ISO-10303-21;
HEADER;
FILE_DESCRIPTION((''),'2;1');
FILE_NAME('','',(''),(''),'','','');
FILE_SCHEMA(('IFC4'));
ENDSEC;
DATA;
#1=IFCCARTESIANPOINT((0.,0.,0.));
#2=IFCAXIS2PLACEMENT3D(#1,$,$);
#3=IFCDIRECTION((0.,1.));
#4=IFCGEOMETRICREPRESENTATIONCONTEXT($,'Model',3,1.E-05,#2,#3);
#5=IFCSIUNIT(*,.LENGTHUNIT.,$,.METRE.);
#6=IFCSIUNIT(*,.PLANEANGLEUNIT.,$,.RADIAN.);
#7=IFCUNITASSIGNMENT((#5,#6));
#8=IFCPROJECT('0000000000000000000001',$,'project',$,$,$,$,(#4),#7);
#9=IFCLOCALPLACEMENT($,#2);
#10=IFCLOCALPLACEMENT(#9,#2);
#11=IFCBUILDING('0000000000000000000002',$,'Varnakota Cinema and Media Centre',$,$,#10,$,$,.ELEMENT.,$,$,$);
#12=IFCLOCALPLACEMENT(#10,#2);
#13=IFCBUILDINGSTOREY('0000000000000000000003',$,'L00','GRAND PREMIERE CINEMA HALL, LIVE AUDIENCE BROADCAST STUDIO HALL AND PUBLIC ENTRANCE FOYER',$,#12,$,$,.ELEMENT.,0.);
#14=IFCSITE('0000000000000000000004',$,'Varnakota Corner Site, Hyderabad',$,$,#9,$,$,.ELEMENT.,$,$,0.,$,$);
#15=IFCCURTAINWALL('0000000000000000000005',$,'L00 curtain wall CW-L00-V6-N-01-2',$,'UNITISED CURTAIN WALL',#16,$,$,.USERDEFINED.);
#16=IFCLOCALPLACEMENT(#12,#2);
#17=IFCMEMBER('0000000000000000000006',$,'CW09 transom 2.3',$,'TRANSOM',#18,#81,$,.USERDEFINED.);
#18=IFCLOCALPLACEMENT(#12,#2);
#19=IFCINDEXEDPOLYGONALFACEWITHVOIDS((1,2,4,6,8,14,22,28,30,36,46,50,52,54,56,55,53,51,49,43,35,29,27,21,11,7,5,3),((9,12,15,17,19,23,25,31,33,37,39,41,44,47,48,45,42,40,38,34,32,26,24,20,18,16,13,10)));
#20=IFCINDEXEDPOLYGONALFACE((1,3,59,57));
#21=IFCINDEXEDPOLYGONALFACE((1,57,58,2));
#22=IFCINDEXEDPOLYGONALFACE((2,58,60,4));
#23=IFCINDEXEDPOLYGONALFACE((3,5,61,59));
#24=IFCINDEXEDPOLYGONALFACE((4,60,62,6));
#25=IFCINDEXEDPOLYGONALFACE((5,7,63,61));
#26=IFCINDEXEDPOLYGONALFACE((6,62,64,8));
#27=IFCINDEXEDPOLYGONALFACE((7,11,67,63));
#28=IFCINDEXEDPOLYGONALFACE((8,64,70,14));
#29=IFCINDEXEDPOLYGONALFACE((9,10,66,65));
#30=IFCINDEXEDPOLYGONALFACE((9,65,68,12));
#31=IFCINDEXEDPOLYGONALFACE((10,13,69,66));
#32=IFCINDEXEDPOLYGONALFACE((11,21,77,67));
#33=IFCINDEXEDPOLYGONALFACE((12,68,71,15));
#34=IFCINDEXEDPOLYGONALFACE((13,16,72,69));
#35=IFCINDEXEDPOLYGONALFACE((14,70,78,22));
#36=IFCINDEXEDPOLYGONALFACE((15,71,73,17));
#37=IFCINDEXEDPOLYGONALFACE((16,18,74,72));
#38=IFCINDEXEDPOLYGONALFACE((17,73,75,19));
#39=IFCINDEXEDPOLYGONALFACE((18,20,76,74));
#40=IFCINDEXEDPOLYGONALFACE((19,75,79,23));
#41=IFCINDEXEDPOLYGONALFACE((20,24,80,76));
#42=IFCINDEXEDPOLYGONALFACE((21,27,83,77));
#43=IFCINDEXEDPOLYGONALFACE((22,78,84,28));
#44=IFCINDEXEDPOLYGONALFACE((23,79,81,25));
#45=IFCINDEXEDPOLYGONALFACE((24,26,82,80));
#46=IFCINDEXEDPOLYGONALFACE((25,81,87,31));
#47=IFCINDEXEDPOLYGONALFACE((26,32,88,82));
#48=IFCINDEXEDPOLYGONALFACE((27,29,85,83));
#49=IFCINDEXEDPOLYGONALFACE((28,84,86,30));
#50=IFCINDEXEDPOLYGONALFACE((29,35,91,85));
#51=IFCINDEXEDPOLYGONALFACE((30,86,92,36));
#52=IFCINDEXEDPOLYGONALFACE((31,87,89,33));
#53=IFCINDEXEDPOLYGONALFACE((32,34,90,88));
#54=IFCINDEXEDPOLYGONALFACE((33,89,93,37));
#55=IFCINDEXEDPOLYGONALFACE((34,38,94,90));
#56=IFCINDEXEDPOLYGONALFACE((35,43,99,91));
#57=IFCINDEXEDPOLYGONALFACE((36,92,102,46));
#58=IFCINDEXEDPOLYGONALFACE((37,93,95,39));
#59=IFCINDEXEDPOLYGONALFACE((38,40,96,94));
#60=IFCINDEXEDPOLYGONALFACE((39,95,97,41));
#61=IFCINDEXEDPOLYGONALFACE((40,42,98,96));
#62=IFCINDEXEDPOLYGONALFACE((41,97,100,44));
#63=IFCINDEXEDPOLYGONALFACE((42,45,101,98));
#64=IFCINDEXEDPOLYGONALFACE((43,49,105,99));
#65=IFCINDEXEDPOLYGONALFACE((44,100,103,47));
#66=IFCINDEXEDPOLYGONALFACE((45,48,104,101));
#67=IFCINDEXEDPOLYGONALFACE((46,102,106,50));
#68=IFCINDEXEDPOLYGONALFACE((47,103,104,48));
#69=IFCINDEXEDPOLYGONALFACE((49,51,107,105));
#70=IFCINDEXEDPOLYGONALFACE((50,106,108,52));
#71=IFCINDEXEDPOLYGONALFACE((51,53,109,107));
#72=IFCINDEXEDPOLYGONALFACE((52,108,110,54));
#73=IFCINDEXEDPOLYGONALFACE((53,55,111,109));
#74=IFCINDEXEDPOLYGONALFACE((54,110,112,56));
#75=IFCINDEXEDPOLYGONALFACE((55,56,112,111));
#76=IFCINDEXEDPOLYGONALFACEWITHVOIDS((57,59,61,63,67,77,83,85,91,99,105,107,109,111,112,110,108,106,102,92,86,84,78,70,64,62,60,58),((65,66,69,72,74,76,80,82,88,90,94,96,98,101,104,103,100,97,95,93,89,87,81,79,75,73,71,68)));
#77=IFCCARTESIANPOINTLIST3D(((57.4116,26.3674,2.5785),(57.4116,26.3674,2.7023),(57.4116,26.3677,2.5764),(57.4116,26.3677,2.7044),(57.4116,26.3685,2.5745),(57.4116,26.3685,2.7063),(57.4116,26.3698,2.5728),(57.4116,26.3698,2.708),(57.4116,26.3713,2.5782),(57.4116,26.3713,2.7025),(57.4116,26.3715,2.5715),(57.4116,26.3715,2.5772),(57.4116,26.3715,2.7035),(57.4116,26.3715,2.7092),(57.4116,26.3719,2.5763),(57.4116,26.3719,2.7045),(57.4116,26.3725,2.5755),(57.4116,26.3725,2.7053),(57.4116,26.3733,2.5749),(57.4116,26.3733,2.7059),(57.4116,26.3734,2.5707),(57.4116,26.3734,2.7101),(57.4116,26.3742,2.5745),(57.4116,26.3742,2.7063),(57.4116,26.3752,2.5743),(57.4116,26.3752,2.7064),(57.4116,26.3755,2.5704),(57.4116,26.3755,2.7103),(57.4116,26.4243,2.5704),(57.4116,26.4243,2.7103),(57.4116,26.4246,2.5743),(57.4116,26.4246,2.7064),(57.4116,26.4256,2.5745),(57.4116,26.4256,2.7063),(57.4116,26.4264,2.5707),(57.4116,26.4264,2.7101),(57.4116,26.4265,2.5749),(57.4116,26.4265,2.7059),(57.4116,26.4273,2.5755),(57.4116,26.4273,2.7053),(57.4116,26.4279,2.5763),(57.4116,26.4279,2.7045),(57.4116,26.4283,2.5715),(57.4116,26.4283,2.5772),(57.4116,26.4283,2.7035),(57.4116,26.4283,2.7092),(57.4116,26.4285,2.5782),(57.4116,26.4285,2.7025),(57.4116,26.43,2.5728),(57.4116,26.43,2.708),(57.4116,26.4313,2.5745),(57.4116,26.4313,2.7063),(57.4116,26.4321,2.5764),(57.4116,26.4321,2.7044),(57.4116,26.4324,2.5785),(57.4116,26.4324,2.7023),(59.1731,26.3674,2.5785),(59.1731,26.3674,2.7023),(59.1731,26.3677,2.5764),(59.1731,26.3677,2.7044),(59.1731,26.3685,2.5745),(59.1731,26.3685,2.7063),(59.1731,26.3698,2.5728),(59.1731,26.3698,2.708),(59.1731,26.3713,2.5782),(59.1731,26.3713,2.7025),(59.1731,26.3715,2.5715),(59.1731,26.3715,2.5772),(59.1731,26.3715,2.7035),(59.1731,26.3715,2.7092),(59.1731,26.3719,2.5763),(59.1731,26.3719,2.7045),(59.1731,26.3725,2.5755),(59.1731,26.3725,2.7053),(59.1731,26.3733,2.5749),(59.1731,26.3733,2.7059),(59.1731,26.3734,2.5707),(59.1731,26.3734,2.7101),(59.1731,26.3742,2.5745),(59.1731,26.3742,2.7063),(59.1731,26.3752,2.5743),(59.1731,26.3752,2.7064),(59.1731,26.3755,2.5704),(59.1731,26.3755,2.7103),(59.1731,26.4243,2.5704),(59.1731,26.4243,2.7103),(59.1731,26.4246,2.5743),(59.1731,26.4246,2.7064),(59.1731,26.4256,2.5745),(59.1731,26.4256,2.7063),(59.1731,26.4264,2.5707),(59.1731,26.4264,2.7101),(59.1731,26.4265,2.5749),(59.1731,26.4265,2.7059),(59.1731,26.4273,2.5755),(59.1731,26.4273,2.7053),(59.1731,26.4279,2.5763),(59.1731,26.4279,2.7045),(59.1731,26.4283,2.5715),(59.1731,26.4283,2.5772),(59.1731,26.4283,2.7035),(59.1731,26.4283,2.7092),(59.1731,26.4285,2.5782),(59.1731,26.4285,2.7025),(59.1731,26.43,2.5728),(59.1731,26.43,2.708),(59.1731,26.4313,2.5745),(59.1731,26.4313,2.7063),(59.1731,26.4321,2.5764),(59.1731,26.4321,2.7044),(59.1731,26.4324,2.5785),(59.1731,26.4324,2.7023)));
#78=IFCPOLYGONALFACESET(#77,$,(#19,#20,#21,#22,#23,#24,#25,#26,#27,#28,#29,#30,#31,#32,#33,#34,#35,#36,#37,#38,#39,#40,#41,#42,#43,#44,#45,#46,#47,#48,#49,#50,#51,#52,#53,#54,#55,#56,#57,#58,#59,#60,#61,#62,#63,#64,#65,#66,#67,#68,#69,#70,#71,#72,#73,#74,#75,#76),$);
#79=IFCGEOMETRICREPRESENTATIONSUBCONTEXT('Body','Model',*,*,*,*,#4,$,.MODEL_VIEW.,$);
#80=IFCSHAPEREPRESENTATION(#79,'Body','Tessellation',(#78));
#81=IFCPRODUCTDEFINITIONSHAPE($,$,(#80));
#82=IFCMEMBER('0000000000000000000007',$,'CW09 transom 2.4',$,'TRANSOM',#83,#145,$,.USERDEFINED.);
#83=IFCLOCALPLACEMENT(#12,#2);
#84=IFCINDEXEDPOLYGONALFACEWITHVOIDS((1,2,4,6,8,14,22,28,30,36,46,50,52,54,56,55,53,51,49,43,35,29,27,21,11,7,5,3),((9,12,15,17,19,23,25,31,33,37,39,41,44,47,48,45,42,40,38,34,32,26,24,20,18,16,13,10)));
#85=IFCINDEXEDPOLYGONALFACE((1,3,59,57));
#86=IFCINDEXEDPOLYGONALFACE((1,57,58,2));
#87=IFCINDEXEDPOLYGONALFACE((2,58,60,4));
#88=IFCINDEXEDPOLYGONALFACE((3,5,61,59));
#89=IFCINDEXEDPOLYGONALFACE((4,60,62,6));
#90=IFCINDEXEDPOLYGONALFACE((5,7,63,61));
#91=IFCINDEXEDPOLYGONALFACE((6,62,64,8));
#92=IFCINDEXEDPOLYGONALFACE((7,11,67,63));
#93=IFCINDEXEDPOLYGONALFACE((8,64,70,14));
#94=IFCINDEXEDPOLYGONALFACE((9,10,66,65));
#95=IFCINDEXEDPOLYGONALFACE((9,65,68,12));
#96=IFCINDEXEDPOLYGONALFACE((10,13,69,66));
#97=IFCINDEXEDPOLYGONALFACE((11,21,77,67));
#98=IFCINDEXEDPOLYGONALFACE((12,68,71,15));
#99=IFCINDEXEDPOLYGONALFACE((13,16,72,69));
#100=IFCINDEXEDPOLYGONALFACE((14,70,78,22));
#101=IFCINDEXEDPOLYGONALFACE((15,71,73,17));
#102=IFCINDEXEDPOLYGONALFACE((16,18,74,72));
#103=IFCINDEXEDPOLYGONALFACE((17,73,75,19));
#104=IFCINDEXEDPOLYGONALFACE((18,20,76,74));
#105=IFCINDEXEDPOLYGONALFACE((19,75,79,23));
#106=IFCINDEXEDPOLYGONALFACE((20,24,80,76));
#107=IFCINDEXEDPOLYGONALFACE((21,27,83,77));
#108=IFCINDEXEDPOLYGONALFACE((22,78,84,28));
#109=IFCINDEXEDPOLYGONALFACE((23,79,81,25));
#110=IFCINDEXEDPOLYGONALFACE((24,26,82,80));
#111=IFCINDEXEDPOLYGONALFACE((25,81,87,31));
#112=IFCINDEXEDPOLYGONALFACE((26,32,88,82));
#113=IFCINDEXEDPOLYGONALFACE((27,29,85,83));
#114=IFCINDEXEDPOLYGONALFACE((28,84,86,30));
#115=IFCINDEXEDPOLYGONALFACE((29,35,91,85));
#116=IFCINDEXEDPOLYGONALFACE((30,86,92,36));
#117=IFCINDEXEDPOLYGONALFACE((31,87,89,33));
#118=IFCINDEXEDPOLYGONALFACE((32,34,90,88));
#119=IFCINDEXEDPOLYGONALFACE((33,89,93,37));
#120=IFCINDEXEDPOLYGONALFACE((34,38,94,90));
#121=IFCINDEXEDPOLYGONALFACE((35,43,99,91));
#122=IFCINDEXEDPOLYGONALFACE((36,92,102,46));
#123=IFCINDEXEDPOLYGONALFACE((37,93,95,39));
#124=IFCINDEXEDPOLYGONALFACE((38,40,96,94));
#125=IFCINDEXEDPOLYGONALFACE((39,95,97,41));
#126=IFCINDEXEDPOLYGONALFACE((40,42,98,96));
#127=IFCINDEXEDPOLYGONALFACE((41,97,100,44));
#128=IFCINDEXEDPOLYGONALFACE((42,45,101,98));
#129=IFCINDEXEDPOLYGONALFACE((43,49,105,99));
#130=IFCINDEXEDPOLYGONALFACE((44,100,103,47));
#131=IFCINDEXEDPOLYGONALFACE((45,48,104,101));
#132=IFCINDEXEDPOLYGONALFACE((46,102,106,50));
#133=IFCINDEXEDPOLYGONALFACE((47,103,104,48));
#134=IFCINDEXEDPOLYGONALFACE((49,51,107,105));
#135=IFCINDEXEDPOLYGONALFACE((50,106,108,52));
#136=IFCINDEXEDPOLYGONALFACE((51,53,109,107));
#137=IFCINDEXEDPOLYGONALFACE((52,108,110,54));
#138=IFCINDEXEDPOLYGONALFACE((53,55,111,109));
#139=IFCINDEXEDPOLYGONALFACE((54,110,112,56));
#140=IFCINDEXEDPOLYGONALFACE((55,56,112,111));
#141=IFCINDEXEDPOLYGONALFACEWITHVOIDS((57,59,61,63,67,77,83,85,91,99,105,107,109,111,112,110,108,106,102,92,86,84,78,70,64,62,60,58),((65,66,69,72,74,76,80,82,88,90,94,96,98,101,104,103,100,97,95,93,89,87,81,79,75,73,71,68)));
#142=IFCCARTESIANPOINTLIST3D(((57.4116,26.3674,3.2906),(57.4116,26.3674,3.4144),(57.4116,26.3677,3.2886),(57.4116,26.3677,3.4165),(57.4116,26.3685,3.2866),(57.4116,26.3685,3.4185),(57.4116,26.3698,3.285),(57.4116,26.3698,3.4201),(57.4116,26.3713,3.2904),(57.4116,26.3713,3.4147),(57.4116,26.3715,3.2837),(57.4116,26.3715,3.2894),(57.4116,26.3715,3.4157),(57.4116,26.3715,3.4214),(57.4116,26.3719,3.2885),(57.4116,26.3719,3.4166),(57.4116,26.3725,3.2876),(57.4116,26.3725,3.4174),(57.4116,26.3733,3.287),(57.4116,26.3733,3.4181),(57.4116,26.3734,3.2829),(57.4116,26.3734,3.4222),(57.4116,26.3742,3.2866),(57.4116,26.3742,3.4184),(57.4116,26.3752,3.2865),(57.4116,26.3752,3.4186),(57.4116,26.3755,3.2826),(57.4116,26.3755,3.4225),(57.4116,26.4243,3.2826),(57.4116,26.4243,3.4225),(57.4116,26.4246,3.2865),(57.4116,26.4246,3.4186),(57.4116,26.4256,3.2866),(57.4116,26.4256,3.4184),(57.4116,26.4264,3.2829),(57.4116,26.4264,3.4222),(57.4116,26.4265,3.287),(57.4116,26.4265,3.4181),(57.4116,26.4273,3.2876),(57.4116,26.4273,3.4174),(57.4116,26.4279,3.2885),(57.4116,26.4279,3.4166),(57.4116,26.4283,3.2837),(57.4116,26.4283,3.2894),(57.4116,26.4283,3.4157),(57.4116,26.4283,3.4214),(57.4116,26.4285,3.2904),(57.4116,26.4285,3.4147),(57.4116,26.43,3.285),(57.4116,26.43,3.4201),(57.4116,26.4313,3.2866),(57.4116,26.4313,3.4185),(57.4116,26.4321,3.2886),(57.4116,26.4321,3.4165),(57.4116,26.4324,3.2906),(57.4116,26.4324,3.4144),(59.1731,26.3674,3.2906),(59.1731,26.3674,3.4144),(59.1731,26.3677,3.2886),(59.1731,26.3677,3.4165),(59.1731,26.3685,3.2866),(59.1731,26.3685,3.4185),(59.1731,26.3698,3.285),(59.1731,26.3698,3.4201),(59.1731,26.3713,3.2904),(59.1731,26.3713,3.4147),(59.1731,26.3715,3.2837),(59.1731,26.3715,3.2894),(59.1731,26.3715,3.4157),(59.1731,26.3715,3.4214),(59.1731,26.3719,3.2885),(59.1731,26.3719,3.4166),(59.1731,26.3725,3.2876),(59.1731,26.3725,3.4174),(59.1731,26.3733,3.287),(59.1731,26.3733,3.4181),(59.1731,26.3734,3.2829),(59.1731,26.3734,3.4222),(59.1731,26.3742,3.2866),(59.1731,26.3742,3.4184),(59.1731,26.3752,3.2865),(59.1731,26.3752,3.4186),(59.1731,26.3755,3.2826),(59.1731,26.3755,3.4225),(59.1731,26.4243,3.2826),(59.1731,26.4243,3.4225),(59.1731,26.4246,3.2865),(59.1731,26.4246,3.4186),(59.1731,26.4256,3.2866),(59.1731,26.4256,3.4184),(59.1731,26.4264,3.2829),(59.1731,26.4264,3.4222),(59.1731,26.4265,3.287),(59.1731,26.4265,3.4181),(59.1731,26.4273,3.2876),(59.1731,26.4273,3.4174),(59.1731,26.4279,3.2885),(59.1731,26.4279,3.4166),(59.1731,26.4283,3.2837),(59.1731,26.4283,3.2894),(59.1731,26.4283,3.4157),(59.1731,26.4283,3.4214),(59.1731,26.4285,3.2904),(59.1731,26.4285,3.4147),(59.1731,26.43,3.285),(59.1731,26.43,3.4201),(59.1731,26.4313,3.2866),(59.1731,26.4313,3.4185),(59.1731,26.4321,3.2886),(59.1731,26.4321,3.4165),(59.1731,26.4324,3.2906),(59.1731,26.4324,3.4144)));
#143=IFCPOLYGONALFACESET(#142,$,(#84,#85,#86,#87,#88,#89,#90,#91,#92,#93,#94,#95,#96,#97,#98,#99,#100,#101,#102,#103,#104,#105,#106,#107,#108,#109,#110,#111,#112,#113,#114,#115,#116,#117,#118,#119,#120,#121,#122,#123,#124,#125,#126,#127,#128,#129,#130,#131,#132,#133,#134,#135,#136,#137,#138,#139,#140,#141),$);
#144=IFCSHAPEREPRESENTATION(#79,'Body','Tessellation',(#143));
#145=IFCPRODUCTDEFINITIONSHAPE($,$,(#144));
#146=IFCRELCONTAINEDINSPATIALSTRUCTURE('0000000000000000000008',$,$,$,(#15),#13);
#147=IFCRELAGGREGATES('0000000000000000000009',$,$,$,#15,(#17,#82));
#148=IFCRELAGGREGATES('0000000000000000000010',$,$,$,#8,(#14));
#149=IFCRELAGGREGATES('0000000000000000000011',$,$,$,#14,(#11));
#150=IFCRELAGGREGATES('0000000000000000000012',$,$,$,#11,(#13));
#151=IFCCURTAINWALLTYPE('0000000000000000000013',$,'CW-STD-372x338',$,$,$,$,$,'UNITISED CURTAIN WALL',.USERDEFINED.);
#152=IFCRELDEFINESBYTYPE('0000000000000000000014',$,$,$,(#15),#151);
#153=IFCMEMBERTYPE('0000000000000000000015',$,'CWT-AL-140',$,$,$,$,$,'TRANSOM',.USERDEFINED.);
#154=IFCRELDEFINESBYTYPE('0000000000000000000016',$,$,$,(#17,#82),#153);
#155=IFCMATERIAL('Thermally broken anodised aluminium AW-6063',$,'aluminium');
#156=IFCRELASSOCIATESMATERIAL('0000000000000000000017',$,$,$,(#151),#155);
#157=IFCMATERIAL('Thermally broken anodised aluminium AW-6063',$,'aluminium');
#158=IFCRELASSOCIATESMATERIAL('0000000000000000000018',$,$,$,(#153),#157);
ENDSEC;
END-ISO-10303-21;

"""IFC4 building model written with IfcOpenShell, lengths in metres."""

from ifc_helpers import new_model, si_unit, direction, frame, origin, origin_2d, place, context, subcontext, project, spatial, hollow_rectangle, extrude, material, material_profile, profile_set, type_object, element, aggregate, save


model = new_model("IFC4")

# Units and contexts
model_context = context("Model", 3, precision=1e-05, world=origin(), true_north=direction((0.0, 1.0)))
body_context = subcontext(model_context, "Body", "Model", "MODEL_VIEW")
ifc_project = project(units=[si_unit("LENGTHUNIT", "METRE"), si_unit("PLANEANGLEUNIT", "RADIAN")], contexts=[model_context])

# Site, building, storey
site_placement = place(None, origin())
site = spatial("IfcSite", under=ifc_project, at=site_placement, Name="Varnakota Corner Site, Hyderabad", CompositionType="ELEMENT", RefElevation=0.0)
building_placement = place(site_placement, origin())
building = spatial("IfcBuilding", under=site, at=building_placement, Name="Varnakota Cinema and Media Centre", CompositionType="ELEMENT")
storey_placement = place(building_placement, origin())
storey = spatial("IfcBuildingStorey", under=building, at=storey_placement, Name="L00", Description="GRAND PREMIERE CINEMA HALL, LIVE AUDIENCE BROADCAST STUDIO HALL AND PUBLIC ENTRANCE FOYER", CompositionType="ELEMENT", Elevation=0.0)

# Curtain wall
ifc_material_1 = material(Name="Thermally broken anodised aluminium AW-6063", Category="aluminium")
curtain_wall_type_1 = type_object("IfcCurtainWallType", Name="CW-STD-372x338", ElementType="UNITISED CURTAIN WALL", PredefinedType="USERDEFINED", material=ifc_material_1)
curtain_wall_1_placement = place(storey_placement, origin())
curtain_wall_1 = element("IfcCurtainWall", 1, at=curtain_wall_1_placement, inside=storey, type_object=curtain_wall_type_1, Name="L00 curtain wall CW-L00-V6-N-01-2", ObjectType="UNITISED CURTAIN WALL", PredefinedType="USERDEFINED")

# Members
ifc_material_2 = material(Name="Thermally broken anodised aluminium AW-6063", Category="aluminium")
ifc_material_profile_1 = material_profile(ifc_material_2, hollow_rectangle(XDim=0.0649, YDim=0.1399, WallThickness=0.0039, InnerFilletRadius=0.0039, OuterFilletRadius=0.0081, at=origin_2d()), Name="AL-TRANSOM 140x65x4")
ifc_profile_set_1 = profile_set([ifc_material_profile_1], Name="Thermally broken anodised aluminium AW-6063")
member_type_1 = type_object("IfcMemberType", Name="CWT-AL-140", ElementType="TRANSOM", PredefinedType="USERDEFINED", material=ifc_profile_set_1)
member_1_placement = place(storey_placement, frame((57.4116, 26.3999, 2.6404), z_axis=(1.0, 0.0, 0.0), x_axis=(0.0, 1.0, 0.0)))
member_1 = element("IfcMember", 2, at=member_1_placement, type_object=member_type_1, Name="CW09 transom 2.3", ObjectType="TRANSOM", PredefinedType="USERDEFINED", context=body_context, shape_type="SweptSolid", body=[
    extrude(hollow_rectangle(XDim=0.0649, YDim=0.1399, WallThickness=0.0039, InnerFilletRadius=0.0039, OuterFilletRadius=0.0081, at=origin_2d()), origin(), (0.0, 0.0, 1.0), 1.7615),
])
member_2_placement = place(storey_placement, frame((57.4116, 26.3999, 3.3525), z_axis=(1.0, 0.0, 0.0), x_axis=(0.0, 1.0, 0.0)))
member_2 = element("IfcMember", 3, at=member_2_placement, type_object=member_type_1, Name="CW09 transom 2.4", ObjectType="TRANSOM", PredefinedType="USERDEFINED", context=body_context, shape_type="SweptSolid", body=[
    extrude(hollow_rectangle(XDim=0.0649, YDim=0.1399, WallThickness=0.0039, InnerFilletRadius=0.0039, OuterFilletRadius=0.0081, at=origin_2d()), origin(), (0.0, 0.0, 1.0), 1.7615),
])

aggregate(curtain_wall_1, [member_1, member_2])

save(model, "model.ifc")
